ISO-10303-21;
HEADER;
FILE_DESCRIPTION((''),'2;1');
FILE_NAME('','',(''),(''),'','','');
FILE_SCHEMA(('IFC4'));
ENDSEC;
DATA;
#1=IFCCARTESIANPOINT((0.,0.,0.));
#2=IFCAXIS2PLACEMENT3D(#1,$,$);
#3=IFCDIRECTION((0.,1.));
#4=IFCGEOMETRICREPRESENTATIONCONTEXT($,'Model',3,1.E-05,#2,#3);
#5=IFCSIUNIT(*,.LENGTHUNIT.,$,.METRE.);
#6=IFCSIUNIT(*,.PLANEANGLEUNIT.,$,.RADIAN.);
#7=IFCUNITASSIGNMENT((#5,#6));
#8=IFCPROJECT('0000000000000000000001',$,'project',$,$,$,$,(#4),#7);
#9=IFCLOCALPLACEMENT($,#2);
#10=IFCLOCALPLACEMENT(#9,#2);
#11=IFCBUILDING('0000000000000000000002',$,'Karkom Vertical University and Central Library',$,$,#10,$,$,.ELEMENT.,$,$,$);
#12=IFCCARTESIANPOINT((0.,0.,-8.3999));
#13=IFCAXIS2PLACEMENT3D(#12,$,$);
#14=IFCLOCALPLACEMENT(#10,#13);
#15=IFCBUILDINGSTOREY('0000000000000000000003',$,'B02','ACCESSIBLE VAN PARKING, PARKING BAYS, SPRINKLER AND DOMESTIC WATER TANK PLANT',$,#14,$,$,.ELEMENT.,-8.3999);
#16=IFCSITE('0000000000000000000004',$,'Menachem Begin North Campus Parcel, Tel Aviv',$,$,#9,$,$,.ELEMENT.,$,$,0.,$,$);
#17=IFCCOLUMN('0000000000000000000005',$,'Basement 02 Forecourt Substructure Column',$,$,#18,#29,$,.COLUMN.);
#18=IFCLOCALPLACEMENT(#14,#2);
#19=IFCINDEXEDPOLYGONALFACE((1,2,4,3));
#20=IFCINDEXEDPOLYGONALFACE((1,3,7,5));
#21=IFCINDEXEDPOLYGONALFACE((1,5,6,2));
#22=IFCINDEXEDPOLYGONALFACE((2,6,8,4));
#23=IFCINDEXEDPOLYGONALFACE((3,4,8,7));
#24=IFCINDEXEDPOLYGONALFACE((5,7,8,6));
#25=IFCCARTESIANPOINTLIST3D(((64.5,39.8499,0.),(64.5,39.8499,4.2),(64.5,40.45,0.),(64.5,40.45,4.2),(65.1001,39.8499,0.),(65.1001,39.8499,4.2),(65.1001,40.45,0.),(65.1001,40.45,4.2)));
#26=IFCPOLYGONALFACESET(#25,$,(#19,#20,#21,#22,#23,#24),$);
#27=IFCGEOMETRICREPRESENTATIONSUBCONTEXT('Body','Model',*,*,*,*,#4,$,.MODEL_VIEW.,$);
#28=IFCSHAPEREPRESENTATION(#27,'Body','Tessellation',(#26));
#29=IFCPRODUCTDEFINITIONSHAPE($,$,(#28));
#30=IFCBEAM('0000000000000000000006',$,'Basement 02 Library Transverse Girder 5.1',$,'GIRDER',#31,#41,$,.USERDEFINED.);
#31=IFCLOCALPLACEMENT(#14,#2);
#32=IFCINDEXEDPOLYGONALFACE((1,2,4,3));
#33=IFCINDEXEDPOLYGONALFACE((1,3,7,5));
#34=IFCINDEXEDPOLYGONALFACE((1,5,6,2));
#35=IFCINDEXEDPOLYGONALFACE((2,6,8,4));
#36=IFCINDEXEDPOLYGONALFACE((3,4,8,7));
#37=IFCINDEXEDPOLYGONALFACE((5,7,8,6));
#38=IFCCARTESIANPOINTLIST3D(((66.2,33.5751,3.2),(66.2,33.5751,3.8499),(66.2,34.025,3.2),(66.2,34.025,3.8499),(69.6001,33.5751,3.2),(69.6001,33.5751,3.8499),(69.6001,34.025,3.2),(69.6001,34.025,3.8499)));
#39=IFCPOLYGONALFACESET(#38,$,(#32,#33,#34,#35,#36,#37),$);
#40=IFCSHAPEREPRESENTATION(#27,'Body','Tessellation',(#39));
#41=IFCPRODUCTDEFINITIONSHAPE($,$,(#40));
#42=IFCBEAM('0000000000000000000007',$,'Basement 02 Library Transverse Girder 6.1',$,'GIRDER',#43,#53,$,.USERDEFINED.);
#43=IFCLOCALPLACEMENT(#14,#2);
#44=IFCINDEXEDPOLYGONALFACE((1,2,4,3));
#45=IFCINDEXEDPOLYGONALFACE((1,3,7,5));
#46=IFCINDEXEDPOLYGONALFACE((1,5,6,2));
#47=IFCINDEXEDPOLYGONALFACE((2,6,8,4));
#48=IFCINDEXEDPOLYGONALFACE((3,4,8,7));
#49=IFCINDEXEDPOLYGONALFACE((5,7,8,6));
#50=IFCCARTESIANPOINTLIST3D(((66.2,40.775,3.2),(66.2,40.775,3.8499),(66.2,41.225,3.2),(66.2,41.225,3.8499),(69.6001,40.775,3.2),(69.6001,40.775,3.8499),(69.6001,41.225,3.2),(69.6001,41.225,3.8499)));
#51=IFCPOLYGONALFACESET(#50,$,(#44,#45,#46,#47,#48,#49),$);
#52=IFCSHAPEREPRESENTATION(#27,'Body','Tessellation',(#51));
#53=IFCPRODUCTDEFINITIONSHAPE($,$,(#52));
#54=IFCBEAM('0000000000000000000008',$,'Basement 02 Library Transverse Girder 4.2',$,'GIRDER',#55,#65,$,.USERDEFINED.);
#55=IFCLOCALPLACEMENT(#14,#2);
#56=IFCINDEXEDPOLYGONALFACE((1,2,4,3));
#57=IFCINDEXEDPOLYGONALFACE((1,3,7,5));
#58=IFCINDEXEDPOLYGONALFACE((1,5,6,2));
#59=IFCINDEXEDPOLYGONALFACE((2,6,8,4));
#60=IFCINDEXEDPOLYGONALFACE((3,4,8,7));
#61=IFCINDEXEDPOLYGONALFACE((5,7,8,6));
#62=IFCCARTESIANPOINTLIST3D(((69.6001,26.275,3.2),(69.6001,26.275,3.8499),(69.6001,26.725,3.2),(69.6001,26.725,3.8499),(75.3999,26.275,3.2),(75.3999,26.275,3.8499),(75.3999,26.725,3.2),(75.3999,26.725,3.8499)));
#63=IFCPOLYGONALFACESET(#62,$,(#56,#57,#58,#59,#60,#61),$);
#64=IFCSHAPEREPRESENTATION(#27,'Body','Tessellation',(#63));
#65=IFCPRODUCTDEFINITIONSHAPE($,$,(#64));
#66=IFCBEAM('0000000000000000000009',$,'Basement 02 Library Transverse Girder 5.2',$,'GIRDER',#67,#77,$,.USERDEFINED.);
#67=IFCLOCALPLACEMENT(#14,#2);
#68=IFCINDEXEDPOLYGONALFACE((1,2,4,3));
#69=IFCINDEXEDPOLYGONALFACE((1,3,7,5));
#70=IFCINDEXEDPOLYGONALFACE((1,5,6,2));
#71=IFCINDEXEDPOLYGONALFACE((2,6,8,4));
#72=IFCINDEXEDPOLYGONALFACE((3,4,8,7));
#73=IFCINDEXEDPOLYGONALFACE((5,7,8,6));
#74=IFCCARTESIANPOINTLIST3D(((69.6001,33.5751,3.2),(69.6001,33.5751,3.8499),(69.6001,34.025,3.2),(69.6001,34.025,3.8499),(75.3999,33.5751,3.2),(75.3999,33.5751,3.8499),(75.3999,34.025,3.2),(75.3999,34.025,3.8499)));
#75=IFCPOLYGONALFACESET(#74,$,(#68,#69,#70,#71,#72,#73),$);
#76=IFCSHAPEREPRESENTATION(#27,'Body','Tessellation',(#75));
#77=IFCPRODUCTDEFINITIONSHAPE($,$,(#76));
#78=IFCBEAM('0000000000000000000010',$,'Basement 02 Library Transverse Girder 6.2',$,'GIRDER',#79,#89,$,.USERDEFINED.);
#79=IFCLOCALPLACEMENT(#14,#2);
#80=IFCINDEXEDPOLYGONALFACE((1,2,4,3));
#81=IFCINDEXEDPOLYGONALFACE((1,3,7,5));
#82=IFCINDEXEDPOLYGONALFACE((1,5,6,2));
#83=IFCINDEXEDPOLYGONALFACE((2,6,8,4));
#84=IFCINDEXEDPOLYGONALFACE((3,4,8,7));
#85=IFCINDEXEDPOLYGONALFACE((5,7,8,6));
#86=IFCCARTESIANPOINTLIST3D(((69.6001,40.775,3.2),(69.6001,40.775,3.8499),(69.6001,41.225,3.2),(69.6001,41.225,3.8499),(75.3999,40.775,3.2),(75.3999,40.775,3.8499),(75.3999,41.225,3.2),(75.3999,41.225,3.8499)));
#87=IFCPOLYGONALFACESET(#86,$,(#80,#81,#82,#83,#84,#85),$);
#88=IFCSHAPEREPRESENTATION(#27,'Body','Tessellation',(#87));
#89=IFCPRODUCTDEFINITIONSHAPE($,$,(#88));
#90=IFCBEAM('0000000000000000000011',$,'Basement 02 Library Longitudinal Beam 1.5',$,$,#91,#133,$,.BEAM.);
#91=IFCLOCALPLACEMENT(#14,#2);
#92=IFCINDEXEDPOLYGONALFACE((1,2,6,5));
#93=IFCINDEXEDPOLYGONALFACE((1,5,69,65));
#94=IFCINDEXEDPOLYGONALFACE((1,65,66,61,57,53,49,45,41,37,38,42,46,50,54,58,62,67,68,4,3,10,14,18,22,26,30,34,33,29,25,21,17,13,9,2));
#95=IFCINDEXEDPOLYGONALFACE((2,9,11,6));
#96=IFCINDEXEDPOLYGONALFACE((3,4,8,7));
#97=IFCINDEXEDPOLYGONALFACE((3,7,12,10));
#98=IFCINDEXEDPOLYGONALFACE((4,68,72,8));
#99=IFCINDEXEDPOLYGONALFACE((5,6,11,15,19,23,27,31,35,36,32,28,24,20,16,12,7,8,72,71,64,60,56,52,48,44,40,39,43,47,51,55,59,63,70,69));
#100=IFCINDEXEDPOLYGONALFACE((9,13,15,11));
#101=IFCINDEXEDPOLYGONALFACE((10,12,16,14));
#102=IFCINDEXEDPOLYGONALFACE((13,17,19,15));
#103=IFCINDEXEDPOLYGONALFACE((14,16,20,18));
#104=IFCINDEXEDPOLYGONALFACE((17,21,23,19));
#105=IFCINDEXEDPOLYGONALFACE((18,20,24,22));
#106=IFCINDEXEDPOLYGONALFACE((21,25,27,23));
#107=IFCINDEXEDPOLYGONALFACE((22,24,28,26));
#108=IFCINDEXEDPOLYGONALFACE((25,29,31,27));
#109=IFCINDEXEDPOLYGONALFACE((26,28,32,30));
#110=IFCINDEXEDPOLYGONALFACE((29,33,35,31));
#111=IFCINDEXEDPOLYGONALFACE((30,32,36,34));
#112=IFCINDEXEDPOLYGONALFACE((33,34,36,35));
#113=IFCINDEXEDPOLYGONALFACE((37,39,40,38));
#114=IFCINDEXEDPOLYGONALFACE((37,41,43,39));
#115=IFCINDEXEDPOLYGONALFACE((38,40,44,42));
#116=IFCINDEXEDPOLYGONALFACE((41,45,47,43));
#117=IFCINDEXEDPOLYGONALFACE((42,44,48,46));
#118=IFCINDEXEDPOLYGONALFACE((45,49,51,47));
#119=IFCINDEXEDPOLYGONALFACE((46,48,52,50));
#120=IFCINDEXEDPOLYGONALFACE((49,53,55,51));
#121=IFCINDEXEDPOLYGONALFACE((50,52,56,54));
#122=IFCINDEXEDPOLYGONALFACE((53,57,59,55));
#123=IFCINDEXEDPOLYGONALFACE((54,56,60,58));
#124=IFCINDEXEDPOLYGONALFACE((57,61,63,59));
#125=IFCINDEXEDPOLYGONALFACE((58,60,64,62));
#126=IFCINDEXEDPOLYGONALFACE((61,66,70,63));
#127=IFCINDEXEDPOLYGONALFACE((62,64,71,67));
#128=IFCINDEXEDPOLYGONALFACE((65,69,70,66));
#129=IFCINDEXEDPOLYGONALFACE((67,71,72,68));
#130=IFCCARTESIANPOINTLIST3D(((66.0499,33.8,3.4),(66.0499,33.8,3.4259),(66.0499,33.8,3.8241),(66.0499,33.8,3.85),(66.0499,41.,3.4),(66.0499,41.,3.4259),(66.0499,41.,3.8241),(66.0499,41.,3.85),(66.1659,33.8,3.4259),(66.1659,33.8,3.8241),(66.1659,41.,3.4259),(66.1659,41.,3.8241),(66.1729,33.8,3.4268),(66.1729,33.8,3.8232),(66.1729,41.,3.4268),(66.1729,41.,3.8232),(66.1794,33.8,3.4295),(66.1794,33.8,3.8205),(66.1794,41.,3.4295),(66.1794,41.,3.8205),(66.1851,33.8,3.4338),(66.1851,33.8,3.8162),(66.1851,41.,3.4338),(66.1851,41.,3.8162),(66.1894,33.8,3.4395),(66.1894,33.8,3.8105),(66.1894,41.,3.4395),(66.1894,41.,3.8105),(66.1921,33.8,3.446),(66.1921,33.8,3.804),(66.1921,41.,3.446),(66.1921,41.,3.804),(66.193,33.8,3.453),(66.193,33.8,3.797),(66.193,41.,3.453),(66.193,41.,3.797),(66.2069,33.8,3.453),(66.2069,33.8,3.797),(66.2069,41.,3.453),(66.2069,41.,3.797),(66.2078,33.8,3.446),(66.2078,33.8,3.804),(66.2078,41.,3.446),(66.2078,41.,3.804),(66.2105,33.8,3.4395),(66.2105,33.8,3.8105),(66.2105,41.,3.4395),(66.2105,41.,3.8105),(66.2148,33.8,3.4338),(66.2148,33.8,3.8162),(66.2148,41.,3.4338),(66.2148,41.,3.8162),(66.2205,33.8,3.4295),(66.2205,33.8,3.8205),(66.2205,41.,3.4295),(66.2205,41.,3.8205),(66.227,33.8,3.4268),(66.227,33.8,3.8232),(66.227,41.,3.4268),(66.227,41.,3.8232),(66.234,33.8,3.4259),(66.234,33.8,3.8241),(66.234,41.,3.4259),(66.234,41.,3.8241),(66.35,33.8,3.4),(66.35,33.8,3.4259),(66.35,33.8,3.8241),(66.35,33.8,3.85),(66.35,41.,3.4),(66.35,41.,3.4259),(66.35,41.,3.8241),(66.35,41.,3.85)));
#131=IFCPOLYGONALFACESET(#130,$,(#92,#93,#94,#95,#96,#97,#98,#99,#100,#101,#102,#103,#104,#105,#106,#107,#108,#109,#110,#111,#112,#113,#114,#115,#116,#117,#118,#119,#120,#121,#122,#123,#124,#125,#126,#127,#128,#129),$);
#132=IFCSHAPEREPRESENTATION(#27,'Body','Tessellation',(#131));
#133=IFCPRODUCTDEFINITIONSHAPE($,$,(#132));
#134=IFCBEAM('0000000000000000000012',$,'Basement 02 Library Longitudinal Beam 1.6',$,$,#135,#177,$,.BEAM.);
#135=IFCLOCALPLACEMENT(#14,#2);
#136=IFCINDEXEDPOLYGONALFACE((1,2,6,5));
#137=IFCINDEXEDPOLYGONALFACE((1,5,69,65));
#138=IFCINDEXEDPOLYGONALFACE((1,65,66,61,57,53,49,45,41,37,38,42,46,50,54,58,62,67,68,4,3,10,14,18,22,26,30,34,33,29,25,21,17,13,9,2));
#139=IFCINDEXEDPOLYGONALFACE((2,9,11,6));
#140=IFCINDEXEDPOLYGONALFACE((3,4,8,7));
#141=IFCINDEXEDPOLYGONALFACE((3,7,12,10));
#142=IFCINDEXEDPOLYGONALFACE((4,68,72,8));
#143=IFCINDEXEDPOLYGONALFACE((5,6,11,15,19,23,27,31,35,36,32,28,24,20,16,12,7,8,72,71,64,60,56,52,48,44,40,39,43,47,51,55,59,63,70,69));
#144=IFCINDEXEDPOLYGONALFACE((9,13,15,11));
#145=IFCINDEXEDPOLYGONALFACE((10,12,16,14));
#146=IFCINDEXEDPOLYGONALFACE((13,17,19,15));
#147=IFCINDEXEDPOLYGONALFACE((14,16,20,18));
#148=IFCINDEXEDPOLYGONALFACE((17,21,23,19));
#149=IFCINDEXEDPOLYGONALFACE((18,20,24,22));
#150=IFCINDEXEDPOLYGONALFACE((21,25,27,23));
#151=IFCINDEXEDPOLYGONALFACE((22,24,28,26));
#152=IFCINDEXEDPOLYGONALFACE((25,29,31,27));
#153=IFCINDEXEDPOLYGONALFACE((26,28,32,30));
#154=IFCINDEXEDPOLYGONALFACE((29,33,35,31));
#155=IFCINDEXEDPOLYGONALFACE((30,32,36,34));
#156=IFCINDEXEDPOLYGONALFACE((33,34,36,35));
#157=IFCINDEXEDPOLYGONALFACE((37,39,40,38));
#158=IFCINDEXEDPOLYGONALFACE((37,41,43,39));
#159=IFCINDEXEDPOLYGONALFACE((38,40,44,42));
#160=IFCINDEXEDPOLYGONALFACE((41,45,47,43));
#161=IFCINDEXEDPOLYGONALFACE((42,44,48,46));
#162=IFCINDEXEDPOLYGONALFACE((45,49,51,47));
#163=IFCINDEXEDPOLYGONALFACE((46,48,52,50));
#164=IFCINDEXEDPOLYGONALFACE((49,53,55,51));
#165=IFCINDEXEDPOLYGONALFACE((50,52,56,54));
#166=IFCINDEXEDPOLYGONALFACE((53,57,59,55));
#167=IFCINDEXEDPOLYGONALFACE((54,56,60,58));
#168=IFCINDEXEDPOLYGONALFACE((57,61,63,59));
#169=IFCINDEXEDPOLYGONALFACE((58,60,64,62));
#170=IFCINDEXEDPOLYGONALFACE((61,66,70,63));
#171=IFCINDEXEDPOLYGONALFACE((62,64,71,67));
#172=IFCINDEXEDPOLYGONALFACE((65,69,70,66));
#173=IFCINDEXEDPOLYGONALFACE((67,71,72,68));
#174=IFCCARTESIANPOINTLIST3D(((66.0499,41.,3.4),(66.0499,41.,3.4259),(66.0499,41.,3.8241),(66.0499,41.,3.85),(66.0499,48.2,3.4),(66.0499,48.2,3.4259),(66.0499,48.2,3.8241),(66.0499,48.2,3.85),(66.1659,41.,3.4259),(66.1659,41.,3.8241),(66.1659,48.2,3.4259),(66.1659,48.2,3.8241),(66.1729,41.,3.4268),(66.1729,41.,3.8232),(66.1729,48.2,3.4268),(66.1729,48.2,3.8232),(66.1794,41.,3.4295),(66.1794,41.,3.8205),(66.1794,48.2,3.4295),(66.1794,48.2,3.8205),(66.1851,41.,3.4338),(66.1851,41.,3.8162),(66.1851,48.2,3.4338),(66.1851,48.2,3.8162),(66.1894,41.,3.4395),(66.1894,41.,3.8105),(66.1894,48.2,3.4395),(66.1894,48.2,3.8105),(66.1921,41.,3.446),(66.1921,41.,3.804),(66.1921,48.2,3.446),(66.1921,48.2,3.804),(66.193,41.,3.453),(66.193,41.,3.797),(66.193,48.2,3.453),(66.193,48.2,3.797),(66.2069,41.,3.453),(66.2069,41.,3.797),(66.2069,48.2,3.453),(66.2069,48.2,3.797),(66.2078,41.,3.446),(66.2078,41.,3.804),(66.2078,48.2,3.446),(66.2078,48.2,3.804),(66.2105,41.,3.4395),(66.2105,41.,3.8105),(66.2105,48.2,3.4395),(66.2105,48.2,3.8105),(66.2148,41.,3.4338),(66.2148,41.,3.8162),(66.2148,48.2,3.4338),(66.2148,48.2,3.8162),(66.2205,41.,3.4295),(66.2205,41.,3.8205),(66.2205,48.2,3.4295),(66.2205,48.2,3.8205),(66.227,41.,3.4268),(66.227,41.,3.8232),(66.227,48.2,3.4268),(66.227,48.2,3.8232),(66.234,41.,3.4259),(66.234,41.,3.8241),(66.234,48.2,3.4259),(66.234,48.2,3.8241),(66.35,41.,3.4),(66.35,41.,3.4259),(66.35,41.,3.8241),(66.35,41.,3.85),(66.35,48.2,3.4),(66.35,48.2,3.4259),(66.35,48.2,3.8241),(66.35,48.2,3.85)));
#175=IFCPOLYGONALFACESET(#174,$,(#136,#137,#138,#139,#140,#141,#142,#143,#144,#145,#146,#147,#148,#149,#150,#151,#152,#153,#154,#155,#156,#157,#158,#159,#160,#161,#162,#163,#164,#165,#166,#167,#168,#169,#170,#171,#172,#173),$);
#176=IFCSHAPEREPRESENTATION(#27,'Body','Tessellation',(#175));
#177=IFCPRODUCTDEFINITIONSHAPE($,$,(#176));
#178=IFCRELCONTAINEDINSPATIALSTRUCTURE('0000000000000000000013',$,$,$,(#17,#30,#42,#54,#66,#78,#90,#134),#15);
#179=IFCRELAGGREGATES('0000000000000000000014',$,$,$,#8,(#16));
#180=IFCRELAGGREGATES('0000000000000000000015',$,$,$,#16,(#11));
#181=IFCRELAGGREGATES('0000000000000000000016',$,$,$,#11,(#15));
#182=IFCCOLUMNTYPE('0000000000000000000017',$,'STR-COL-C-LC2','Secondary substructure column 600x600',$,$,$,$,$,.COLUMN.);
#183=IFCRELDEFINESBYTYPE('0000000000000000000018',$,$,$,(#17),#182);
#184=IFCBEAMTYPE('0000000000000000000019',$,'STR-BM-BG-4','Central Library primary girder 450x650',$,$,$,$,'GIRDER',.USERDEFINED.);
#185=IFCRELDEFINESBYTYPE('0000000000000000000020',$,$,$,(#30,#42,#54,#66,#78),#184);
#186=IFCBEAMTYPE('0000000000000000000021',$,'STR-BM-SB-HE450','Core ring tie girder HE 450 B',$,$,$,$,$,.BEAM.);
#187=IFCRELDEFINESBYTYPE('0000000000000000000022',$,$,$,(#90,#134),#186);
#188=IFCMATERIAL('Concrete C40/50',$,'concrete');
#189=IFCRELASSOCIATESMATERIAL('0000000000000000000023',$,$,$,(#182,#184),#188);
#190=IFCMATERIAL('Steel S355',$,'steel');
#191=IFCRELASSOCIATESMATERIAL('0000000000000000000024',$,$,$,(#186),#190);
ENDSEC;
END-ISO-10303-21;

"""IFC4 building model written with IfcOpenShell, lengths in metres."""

from ifc_helpers import new_model, si_unit, direction, frame, origin, origin_with_axes, origin_2d, place, context, subcontext, project, spatial, rectangle, i_section, extrude, source, transform, mapped, material, material_profile, profile_set, type_object, element, save


model = new_model("IFC4")

# Units and contexts
model_context = context("Model", 3, precision=1e-05, world=origin(), true_north=direction((0.0, 1.0)))
body_context = subcontext(model_context, "Body", "Model", "MODEL_VIEW")
ifc_project = project(units=[si_unit("LENGTHUNIT", "METRE"), si_unit("PLANEANGLEUNIT", "RADIAN")], contexts=[model_context])

# Site, building, storey
site_placement = place(None, origin())
site = spatial("IfcSite", under=ifc_project, at=site_placement, Name="Menachem Begin North Campus Parcel, Tel Aviv", CompositionType="ELEMENT", RefElevation=0.0)
building_placement = place(site_placement, origin())
building = spatial("IfcBuilding", under=site, at=building_placement, Name="Karkom Vertical University and Central Library", CompositionType="ELEMENT")
storey_placement = place(building_placement, frame((0.0, 0.0, -8.3999)))
storey = spatial("IfcBuildingStorey", under=building, at=storey_placement, Name="B02", Description="ACCESSIBLE VAN PARKING, PARKING BAYS, SPRINKLER AND DOMESTIC WATER TANK PLANT", CompositionType="ELEMENT", Elevation=-8.3999)

# Shared definitions
ifc_material_1 = material(Name="Concrete C40/50", Category="concrete")

# Column
ifc_material_profile_1 = material_profile(ifc_material_1, rectangle(XDim=0.6001, YDim=0.6001, at=origin_2d()), Name="RC-600x600")
ifc_profile_set_1 = profile_set([ifc_material_profile_1], Name="Concrete C40/50")
column_type_1 = type_object("IfcColumnType", Name="STR-COL-C-LC2", Description="Secondary substructure column 600x600", PredefinedType="COLUMN", material=ifc_profile_set_1)
shared_shape_1 = source(origin_with_axes(), body_context, "Body", "SweptSolid", [
    extrude(rectangle(XDim=0.6001, YDim=0.6001, at=origin_2d()), origin(), (0.0, 0.0, 1.0), 4.2),
])
column_1_placement = place(storey_placement, frame((64.8, 40.1499, 0.0), z_axis=(0.0, 0.0, 1.0), x_axis=(1.0, 0.0, 0.0)))
element("IfcColumn", 1, at=column_1_placement, inside=storey, type_object=column_type_1, Name="Basement 02 Forecourt Substructure Column", PredefinedType="COLUMN", context=body_context, shape_type="MappedRepresentation", body=[
    mapped(shared_shape_1, transform((0.0, 0.0, 0.0), scale=1.0)),
])

# Beams
ifc_material_profile_2 = material_profile(ifc_material_1, rectangle(XDim=0.45, YDim=0.6499, at=origin_2d()), Name="RCB-450x650")
ifc_profile_set_2 = profile_set([ifc_material_profile_2], Name="Concrete C40/50")
beam_type_1 = type_object("IfcBeamType", Name="STR-BM-BG-4", Description="Central Library primary girder 450x650", ElementType="GIRDER", PredefinedType="USERDEFINED", material=ifc_profile_set_2)
shared_shape_2 = source(origin_with_axes(), body_context, "Body", "SweptSolid", [
    extrude(rectangle(XDim=0.45, YDim=0.6499, at=origin_2d()), origin(), (0.0, 0.0, 1.0), 3.4001),
])
for number, where, z_axis, x_axis, name in (
    (2, (66.2, 33.8, 3.5249), (1.0, 0.0, 0.0), (0.0, 1.0, 0.0), "Basement 02 Library Transverse Girder 5.1"),
    (3, (66.2, 41.0, 3.5249), (1.0, 0.0, 0.0), (0.0, 1.0, 0.0), "Basement 02 Library Transverse Girder 6.1"),
):
    element("IfcBeam", number, at=place(storey_placement, frame(where, z_axis=z_axis, x_axis=x_axis)), inside=storey, type_object=beam_type_1, Name=name, ObjectType="GIRDER", PredefinedType="USERDEFINED", context=body_context, shape_type="MappedRepresentation", body=[
        mapped(shared_shape_2, transform((0.0, 0.0, 0.0), scale=1.0)),
    ])
shared_shape_3 = source(origin_with_axes(), body_context, "Body", "SweptSolid", [
    extrude(rectangle(XDim=0.45, YDim=0.6499, at=origin_2d()), origin(), (0.0, 0.0, 1.0), 5.7998),
])
for number, where, z_axis, x_axis, name in (
    (4, (69.6001, 26.5, 3.5249), (1.0, 0.0, 0.0), (0.0, 1.0, 0.0), "Basement 02 Library Transverse Girder 4.2"),
    (5, (69.6001, 33.8, 3.5249), (1.0, 0.0, 0.0), (0.0, 1.0, 0.0), "Basement 02 Library Transverse Girder 5.2"),
    (6, (69.6001, 41.0, 3.5249), (1.0, 0.0, 0.0), (0.0, 1.0, 0.0), "Basement 02 Library Transverse Girder 6.2"),
):
    element("IfcBeam", number, at=place(storey_placement, frame(where, z_axis=z_axis, x_axis=x_axis)), inside=storey, type_object=beam_type_1, Name=name, ObjectType="GIRDER", PredefinedType="USERDEFINED", context=body_context, shape_type="MappedRepresentation", body=[
        mapped(shared_shape_3, transform((0.0, 0.0, 0.0), scale=1.0)),
    ])
ifc_material_2 = material(Name="Steel S355", Category="steel")
ifc_material_profile_3 = material_profile(ifc_material_2, i_section(OverallWidth=0.3, OverallDepth=0.45, WebThickness=0.0139, FlangeThickness=0.0259, FilletRadius=0.0271, at=origin_2d()), Name="HE 450 B")
ifc_profile_set_3 = profile_set([ifc_material_profile_3], Name="Steel S355")
beam_type_2 = type_object("IfcBeamType", Name="STR-BM-SB-HE450", Description="Core ring tie girder HE 450 B", PredefinedType="BEAM", material=ifc_profile_set_3)
shared_shape_4 = source(origin_with_axes(), body_context, "Body", "SweptSolid", [
    extrude(i_section(OverallWidth=0.3, OverallDepth=0.45, WebThickness=0.0139, FlangeThickness=0.0259, FilletRadius=0.0271, at=origin_2d()), origin(), (0.0, 0.0, 1.0), 7.2),
])
for number, where, z_axis, x_axis, name in (
    (7, (66.2, 33.8, 3.625), (0.0, 1.0, 0.0), (-1.0, 0.0, 0.0), "Basement 02 Library Longitudinal Beam 1.5"),
    (8, (66.2, 41.0, 3.625), (0.0, 1.0, 0.0), (-1.0, 0.0, 0.0), "Basement 02 Library Longitudinal Beam 1.6"),
):
    element("IfcBeam", number, at=place(storey_placement, frame(where, z_axis=z_axis, x_axis=x_axis)), inside=storey, type_object=beam_type_2, Name=name, PredefinedType="BEAM", context=body_context, shape_type="MappedRepresentation", body=[
        mapped(shared_shape_4, transform((0.0, 0.0, 0.0), scale=1.0)),
    ])

save(model, "model.ifc")
